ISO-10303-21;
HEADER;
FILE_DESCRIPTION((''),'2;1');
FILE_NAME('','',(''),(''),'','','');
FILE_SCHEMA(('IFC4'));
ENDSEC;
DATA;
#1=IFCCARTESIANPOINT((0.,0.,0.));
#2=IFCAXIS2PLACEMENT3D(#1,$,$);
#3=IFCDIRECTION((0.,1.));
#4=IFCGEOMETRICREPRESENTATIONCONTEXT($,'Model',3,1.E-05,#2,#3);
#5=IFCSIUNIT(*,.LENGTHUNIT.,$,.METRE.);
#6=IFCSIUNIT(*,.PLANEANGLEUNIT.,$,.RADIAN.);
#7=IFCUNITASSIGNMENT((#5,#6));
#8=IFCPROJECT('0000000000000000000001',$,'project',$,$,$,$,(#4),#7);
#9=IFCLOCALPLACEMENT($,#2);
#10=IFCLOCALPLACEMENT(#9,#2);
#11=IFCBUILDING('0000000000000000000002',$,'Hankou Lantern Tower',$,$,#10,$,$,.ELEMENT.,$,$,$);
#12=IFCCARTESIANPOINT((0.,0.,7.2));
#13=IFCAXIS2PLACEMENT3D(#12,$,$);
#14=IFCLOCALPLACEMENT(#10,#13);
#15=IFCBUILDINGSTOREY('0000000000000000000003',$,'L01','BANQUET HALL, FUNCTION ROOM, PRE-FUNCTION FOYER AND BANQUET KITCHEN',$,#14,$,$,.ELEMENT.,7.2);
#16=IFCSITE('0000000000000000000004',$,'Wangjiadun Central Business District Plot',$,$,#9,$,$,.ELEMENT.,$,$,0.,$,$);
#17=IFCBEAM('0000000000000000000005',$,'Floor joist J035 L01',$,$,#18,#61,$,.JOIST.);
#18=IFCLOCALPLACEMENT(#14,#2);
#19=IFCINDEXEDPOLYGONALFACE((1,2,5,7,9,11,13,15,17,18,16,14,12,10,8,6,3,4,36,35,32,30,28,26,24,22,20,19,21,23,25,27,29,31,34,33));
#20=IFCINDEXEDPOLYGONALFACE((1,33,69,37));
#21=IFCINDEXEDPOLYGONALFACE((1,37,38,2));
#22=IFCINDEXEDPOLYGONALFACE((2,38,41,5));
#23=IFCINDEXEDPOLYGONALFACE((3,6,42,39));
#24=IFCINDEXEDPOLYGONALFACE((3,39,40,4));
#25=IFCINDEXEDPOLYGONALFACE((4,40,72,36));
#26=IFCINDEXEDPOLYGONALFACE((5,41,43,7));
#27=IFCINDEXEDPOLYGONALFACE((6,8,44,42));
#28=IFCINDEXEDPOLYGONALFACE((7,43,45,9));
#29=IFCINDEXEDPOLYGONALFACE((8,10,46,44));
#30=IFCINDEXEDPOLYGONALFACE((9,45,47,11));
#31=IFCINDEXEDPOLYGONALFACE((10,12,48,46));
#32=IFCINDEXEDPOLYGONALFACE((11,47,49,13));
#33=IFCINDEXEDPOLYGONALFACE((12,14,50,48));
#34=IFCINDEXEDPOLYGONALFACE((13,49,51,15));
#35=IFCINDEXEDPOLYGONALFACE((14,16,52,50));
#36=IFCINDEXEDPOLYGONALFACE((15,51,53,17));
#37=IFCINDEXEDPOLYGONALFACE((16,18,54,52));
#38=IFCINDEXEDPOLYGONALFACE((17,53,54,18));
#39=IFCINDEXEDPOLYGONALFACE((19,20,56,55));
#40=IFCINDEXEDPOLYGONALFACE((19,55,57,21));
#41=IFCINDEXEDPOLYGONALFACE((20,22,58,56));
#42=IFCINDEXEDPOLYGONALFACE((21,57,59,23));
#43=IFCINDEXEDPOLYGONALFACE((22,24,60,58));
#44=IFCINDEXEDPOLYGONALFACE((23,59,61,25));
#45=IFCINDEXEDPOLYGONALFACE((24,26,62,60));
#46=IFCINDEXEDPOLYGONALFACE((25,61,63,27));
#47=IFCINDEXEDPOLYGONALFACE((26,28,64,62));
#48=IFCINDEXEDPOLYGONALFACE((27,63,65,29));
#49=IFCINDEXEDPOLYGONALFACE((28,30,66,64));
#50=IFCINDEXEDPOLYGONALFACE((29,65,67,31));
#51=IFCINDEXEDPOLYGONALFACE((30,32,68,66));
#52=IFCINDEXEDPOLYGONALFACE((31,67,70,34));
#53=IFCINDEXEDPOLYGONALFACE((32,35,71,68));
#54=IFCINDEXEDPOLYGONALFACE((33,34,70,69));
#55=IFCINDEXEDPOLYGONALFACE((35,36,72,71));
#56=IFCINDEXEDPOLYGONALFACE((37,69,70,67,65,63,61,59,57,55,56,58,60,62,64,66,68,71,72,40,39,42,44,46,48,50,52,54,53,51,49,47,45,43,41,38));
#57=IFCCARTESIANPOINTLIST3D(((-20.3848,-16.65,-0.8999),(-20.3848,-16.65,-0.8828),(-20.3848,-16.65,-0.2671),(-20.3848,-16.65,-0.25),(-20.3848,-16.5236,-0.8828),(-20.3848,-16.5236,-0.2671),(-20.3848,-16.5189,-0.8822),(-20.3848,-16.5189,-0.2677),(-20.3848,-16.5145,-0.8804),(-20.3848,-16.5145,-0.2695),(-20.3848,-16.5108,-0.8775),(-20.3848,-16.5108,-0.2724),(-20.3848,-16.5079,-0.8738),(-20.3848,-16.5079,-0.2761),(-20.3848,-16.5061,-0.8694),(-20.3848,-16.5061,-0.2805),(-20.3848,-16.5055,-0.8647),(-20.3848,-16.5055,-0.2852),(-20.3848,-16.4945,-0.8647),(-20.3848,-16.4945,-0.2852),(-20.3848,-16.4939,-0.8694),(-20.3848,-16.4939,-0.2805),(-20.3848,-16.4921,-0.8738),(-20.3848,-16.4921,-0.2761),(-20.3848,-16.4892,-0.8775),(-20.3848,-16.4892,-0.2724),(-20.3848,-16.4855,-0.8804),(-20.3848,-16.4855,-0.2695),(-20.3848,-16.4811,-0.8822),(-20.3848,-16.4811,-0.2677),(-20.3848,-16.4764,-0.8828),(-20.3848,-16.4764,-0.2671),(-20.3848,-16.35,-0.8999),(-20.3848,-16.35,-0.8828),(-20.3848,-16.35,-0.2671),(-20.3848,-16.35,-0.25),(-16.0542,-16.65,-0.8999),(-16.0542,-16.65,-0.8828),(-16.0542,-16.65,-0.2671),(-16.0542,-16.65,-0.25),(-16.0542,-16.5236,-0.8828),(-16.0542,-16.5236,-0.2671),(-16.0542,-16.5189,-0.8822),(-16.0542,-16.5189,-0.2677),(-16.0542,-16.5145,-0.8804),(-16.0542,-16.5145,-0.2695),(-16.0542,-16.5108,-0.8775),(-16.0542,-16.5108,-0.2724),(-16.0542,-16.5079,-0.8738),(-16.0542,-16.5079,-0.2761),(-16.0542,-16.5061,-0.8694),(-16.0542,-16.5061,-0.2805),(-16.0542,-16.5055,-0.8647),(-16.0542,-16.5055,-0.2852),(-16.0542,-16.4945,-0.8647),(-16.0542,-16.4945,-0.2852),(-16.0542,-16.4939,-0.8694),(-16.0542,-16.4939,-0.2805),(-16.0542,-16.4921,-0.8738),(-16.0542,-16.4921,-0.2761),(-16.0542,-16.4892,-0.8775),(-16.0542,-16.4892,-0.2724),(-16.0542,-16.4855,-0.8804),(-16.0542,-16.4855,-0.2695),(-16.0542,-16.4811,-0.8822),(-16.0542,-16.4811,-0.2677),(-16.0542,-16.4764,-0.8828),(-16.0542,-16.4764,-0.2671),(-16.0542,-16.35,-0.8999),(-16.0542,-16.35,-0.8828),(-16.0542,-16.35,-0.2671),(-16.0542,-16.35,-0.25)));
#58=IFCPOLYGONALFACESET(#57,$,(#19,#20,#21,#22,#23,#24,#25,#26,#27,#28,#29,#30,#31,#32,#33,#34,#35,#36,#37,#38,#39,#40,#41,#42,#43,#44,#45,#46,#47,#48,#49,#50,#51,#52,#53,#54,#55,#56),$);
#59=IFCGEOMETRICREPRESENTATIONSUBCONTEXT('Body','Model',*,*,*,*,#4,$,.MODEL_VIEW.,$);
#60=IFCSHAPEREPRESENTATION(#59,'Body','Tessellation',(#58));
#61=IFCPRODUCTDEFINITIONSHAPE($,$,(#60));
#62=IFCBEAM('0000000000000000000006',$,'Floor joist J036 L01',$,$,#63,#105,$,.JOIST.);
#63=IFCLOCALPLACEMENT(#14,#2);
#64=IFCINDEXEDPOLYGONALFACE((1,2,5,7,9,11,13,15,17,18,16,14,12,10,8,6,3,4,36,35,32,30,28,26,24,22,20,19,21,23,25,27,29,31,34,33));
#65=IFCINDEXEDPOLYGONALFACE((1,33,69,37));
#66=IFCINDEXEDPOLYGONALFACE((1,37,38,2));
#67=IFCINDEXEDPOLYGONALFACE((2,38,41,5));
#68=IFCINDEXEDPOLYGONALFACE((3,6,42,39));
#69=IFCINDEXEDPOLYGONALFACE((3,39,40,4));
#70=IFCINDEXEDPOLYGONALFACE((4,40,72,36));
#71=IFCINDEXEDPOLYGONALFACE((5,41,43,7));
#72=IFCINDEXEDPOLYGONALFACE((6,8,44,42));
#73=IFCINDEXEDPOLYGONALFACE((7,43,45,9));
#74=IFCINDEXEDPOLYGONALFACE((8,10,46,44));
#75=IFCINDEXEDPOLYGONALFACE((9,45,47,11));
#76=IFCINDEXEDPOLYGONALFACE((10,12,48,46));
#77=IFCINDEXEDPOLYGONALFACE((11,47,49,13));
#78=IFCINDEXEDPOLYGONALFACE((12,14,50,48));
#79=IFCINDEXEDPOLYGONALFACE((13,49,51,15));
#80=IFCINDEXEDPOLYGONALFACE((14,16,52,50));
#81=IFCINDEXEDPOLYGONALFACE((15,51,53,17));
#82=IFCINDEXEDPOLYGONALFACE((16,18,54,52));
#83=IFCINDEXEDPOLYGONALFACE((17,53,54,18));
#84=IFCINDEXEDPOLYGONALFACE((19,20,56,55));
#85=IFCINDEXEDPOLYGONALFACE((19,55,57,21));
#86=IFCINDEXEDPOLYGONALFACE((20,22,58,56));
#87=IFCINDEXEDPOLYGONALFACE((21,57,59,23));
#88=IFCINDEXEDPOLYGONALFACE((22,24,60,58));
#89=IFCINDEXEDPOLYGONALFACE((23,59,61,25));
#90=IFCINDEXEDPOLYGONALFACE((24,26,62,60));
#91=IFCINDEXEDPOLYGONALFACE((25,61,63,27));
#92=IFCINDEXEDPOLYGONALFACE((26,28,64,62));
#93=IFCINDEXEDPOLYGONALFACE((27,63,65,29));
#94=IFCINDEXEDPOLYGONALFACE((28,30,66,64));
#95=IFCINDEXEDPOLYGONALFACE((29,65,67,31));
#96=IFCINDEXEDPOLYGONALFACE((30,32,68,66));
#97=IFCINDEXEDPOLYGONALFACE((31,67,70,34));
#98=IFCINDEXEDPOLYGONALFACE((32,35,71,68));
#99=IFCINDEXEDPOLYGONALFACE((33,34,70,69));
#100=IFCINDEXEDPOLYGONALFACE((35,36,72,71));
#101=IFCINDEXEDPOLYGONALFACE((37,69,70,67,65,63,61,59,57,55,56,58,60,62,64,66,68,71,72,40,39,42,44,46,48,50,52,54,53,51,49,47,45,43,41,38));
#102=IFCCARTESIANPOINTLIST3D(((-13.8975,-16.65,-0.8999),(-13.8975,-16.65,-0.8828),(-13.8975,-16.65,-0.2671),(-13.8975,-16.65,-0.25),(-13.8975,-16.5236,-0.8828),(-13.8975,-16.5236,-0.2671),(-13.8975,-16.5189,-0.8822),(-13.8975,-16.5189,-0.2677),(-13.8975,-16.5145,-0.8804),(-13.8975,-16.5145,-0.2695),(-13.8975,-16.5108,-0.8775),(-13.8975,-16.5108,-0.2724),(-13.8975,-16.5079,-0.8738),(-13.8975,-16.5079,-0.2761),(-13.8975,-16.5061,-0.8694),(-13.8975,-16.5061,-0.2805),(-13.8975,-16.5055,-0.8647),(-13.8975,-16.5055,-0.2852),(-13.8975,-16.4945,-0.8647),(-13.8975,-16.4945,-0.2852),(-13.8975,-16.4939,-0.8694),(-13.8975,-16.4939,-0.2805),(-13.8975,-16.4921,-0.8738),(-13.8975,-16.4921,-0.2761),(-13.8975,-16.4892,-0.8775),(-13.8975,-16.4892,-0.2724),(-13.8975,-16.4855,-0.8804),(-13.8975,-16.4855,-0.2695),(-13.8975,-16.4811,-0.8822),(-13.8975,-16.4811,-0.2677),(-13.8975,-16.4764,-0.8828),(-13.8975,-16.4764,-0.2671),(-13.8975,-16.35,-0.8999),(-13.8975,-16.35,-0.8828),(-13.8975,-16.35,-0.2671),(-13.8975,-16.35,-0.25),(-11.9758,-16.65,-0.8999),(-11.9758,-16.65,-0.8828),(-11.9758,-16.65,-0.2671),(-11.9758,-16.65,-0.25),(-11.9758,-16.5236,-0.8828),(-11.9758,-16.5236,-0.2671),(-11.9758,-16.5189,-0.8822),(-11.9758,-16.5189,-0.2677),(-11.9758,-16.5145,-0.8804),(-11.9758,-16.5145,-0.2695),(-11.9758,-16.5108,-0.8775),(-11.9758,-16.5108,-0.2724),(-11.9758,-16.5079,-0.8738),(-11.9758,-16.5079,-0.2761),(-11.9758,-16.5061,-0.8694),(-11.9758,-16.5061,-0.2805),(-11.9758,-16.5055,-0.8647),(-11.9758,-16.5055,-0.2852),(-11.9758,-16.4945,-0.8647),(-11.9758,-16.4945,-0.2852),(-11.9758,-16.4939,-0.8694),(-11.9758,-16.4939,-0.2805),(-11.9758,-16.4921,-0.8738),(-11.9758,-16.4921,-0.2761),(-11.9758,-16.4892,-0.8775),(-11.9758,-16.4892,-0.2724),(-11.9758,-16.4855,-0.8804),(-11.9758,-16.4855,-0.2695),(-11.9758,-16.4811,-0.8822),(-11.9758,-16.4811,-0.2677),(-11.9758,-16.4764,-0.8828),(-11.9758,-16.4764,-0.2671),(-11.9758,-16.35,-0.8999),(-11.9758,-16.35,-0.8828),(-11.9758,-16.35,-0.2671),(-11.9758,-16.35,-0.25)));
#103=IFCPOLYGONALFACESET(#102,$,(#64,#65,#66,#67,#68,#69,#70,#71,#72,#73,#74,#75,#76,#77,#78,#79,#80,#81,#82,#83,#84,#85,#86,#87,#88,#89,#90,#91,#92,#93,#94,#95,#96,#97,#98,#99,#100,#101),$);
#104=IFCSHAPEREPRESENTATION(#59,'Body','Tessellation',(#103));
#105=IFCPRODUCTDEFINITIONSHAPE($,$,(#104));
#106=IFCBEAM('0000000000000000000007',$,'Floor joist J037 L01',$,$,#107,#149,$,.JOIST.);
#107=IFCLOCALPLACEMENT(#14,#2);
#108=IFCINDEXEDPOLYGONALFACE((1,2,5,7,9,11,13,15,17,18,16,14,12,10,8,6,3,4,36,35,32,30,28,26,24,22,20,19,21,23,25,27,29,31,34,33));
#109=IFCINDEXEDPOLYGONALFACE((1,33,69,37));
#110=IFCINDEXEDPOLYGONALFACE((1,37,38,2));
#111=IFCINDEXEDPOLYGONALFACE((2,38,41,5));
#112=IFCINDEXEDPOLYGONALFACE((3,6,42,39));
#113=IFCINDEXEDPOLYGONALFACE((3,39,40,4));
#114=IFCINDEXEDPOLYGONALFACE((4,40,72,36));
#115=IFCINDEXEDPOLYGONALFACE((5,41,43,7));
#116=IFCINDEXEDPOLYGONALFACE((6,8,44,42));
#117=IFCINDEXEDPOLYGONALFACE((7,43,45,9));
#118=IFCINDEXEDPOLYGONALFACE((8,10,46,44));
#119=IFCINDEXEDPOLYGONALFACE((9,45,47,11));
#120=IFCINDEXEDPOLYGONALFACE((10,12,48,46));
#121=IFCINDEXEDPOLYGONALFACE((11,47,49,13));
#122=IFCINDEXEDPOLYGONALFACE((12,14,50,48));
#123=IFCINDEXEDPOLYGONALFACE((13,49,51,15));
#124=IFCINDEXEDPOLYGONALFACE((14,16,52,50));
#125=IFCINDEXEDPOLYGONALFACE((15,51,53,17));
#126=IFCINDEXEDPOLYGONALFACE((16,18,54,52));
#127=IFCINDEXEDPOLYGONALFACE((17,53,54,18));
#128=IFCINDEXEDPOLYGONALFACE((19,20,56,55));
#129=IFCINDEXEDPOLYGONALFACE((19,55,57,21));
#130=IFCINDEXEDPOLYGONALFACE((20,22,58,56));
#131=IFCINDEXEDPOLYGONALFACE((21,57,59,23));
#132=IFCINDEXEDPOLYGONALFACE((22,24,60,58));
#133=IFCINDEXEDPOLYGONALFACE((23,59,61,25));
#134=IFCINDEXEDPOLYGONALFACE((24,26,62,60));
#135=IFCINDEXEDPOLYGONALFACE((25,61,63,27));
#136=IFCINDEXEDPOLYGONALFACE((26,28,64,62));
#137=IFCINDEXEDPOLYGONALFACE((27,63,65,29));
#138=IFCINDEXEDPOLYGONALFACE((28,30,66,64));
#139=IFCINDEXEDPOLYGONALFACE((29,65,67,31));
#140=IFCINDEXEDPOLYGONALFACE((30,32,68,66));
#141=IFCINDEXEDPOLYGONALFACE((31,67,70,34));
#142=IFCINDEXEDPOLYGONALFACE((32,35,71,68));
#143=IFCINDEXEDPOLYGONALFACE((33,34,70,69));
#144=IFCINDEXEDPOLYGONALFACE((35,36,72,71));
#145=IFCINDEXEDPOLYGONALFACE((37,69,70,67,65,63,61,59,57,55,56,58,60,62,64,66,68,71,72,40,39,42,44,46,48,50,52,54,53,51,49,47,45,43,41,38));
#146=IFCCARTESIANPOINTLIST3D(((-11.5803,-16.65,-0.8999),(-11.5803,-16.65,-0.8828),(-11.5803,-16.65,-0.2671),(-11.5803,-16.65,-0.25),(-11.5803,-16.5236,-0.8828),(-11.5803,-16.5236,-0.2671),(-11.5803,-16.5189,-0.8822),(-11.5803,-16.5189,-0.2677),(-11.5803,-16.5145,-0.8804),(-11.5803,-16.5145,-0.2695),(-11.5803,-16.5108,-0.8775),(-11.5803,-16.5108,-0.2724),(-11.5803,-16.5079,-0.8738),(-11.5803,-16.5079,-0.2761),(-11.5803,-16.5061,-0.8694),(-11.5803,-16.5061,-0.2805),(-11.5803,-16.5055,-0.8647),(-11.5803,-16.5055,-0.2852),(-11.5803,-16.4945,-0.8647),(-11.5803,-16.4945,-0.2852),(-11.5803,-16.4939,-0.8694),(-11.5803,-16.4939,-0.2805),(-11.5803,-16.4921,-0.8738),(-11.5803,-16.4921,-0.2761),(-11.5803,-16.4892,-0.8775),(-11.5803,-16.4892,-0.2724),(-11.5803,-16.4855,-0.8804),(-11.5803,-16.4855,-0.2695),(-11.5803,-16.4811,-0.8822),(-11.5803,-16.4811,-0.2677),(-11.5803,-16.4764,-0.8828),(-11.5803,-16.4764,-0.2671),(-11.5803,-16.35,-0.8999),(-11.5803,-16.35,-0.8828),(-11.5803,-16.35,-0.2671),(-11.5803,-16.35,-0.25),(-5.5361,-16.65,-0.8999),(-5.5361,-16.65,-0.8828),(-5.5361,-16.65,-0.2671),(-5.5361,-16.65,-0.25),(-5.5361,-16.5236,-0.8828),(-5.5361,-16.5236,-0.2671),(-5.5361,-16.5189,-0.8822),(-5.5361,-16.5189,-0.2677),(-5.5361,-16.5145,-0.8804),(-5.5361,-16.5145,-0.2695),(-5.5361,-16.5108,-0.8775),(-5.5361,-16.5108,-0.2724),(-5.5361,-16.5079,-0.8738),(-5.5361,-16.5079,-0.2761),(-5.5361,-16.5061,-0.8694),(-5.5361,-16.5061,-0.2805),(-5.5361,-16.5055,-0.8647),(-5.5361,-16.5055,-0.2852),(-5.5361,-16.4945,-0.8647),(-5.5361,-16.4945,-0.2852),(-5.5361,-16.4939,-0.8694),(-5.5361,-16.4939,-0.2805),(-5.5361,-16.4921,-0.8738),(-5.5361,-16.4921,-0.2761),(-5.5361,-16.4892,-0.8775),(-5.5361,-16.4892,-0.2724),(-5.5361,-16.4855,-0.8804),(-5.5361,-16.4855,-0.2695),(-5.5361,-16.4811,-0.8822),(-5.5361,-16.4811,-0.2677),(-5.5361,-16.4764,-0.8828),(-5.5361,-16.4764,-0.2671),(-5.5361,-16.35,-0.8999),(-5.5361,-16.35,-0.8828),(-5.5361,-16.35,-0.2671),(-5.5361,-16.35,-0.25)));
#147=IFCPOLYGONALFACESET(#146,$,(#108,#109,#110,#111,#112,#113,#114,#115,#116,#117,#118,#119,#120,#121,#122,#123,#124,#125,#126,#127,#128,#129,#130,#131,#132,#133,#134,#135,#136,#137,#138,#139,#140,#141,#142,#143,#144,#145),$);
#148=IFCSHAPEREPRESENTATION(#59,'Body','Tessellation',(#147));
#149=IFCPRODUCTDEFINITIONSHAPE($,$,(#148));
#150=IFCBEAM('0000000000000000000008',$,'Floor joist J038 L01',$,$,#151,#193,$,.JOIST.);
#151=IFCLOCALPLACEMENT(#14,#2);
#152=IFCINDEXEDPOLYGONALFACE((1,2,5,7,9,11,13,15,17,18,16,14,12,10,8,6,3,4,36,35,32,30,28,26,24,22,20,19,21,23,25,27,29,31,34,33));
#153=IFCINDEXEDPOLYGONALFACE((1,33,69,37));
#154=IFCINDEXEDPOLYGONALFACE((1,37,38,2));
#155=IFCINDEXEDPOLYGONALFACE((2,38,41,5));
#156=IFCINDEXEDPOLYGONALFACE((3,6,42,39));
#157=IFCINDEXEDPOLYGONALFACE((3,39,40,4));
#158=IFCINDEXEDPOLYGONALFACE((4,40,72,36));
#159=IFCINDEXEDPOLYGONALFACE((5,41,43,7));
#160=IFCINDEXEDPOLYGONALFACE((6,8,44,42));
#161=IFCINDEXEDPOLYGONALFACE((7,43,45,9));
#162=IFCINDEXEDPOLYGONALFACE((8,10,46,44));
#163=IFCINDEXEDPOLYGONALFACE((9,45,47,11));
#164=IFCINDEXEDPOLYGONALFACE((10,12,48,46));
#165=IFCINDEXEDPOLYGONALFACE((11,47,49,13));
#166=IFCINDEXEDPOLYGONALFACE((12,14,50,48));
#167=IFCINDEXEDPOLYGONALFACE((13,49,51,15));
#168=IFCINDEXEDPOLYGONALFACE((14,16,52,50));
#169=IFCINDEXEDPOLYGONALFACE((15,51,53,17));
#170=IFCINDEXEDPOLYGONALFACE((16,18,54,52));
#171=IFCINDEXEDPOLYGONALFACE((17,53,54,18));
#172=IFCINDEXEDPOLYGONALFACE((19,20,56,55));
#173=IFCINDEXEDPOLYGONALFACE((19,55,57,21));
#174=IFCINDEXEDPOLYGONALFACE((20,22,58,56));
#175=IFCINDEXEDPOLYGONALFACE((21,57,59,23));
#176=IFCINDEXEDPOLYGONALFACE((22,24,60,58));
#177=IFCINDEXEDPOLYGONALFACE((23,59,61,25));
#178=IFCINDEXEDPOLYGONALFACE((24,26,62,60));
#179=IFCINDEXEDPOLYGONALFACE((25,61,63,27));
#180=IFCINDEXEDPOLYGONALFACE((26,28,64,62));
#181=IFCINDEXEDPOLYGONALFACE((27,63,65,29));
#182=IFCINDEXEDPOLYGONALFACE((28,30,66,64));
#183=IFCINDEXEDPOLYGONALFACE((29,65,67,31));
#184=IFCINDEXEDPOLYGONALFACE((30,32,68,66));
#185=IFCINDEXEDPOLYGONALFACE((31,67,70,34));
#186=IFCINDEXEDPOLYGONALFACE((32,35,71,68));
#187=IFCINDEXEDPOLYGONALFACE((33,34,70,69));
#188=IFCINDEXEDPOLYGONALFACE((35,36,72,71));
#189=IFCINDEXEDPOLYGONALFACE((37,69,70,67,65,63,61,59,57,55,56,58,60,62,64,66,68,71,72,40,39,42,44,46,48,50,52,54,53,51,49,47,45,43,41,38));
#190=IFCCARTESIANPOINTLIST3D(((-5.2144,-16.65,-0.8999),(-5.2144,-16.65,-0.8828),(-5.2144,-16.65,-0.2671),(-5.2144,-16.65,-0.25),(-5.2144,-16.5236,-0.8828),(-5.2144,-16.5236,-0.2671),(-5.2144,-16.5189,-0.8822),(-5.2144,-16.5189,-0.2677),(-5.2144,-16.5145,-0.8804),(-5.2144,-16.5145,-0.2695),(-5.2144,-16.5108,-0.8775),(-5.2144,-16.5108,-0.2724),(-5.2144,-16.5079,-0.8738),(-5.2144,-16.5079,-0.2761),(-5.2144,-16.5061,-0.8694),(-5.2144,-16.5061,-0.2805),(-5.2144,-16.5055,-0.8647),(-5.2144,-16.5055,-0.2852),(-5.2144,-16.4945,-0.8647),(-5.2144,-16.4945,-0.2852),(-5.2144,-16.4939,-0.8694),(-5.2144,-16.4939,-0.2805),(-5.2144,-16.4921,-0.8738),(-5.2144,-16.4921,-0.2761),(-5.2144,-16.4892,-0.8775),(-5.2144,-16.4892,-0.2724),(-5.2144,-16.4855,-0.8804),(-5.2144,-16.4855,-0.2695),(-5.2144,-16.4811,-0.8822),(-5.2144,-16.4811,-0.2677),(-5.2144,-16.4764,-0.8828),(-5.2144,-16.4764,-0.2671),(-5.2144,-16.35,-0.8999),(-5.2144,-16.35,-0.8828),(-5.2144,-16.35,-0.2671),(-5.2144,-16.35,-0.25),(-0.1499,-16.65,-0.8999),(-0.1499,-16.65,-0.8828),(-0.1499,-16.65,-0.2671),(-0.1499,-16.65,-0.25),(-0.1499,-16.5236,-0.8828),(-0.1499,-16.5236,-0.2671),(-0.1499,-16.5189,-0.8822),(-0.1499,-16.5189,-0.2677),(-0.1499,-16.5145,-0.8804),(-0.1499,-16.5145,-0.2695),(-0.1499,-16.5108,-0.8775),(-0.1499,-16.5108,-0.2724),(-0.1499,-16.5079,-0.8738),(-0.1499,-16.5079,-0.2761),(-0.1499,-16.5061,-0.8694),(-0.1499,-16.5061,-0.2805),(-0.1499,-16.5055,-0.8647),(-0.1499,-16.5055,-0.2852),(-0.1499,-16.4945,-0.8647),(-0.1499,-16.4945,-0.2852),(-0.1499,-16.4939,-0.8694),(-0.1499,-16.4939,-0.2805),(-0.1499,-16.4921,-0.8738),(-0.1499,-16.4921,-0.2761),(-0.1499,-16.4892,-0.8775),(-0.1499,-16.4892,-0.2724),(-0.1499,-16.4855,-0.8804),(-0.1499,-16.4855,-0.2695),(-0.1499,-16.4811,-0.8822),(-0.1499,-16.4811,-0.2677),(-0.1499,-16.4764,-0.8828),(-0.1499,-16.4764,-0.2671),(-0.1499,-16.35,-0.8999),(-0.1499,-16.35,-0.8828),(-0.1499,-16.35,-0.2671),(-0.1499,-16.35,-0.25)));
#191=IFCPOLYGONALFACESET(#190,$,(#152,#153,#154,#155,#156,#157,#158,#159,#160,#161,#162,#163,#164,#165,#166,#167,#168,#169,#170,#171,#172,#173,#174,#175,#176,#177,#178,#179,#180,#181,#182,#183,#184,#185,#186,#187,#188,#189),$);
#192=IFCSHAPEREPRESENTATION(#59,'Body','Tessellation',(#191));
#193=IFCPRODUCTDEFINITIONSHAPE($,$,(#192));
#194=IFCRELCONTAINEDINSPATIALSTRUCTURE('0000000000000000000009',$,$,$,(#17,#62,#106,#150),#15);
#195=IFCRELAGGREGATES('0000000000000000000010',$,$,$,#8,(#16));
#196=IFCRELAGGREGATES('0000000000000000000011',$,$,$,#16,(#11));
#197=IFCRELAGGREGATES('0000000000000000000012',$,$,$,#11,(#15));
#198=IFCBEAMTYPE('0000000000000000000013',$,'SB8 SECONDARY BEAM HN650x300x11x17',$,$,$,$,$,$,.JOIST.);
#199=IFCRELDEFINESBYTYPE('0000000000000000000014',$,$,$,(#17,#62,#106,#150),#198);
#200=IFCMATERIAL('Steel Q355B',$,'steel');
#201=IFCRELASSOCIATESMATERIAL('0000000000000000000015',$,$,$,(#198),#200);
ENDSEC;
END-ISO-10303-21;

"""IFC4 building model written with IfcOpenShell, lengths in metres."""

from ifc_helpers import new_model, si_unit, direction, frame, origin, origin_2d, place, context, subcontext, project, spatial, i_section, extrude, material, material_profile, profile_set, type_object, element, save


model = new_model("IFC4")

# Units and contexts
model_context = context("Model", 3, precision=1e-05, world=origin(), true_north=direction((0.0, 1.0)))
body_context = subcontext(model_context, "Body", "Model", "MODEL_VIEW")
ifc_project = project(units=[si_unit("LENGTHUNIT", "METRE"), si_unit("PLANEANGLEUNIT", "RADIAN")], contexts=[model_context])

# Site, building, storey
site_placement = place(None, origin())
site = spatial("IfcSite", under=ifc_project, at=site_placement, Name="Wangjiadun Central Business District Plot", CompositionType="ELEMENT", RefElevation=0.0)
building_placement = place(site_placement, origin())
building = spatial("IfcBuilding", under=site, at=building_placement, Name="Hankou Lantern Tower", CompositionType="ELEMENT")
storey_placement = place(building_placement, frame((0.0, 0.0, 7.2)))
storey = spatial("IfcBuildingStorey", under=building, at=storey_placement, Name="L01", Description="BANQUET HALL, FUNCTION ROOM, PRE-FUNCTION FOYER AND BANQUET KITCHEN", CompositionType="ELEMENT", Elevation=7.2)

# Beams
ifc_material_1 = material(Name="Steel Q355B", Category="steel")
ifc_material_profile_1 = material_profile(ifc_material_1, i_section(OverallWidth=0.3, OverallDepth=0.6499, WebThickness=0.011, FlangeThickness=0.0171, FilletRadius=0.0181, at=origin_2d()), Name="HN650x300x11x17")
ifc_profile_set_1 = profile_set([ifc_material_profile_1], Name="Steel Q355B")
beam_type_1 = type_object("IfcBeamType", Name="SB8 SECONDARY BEAM HN650x300x11x17", PredefinedType="JOIST", material=ifc_profile_set_1)
beam_1_placement = place(storey_placement, frame((-20.3848, -16.5, -0.575), z_axis=(1.0, 0.0, 0.0), x_axis=(0.0, 1.0, 0.0)))
element("IfcBeam", 1, at=beam_1_placement, inside=storey, type_object=beam_type_1, Name="Floor joist J035 L01", PredefinedType="JOIST", context=body_context, shape_type="SweptSolid", body=[
    extrude(i_section(OverallWidth=0.3, OverallDepth=0.6499, WebThickness=0.011, FlangeThickness=0.0171, FilletRadius=0.0181, at=origin_2d()), origin(), (0.0, 0.0, 1.0), 4.3306),
])
beam_2_placement = place(storey_placement, frame((-13.8975, -16.5, -0.575), z_axis=(1.0, 0.0, 0.0), x_axis=(0.0, 1.0, 0.0)))
element("IfcBeam", 2, at=beam_2_placement, inside=storey, type_object=beam_type_1, Name="Floor joist J036 L01", PredefinedType="JOIST", context=body_context, shape_type="SweptSolid", body=[
    extrude(i_section(OverallWidth=0.3, OverallDepth=0.6499, WebThickness=0.011, FlangeThickness=0.0171, FilletRadius=0.0181, at=origin_2d()), origin(), (0.0, 0.0, 1.0), 1.9216),
])
beam_3_placement = place(storey_placement, frame((-11.5803, -16.5, -0.575), z_axis=(1.0, 0.0, 0.0), x_axis=(0.0, 1.0, 0.0)))
element("IfcBeam", 3, at=beam_3_placement, inside=storey, type_object=beam_type_1, Name="Floor joist J037 L01", PredefinedType="JOIST", context=body_context, shape_type="SweptSolid", body=[
    extrude(i_section(OverallWidth=0.3, OverallDepth=0.6499, WebThickness=0.011, FlangeThickness=0.0171, FilletRadius=0.0181, at=origin_2d()), origin(), (0.0, 0.0, 1.0), 6.0442),
])
beam_4_placement = place(storey_placement, frame((-5.2144, -16.5, -0.575), z_axis=(1.0, 0.0, 0.0), x_axis=(0.0, 1.0, 0.0)))
element("IfcBeam", 4, at=beam_4_placement, inside=storey, type_object=beam_type_1, Name="Floor joist J038 L01", PredefinedType="JOIST", context=body_context, shape_type="SweptSolid", body=[
    extrude(i_section(OverallWidth=0.3, OverallDepth=0.6499, WebThickness=0.011, FlangeThickness=0.0171, FilletRadius=0.0181, at=origin_2d()), origin(), (0.0, 0.0, 1.0), 5.0645),
])

save(model, "model.ifc")
